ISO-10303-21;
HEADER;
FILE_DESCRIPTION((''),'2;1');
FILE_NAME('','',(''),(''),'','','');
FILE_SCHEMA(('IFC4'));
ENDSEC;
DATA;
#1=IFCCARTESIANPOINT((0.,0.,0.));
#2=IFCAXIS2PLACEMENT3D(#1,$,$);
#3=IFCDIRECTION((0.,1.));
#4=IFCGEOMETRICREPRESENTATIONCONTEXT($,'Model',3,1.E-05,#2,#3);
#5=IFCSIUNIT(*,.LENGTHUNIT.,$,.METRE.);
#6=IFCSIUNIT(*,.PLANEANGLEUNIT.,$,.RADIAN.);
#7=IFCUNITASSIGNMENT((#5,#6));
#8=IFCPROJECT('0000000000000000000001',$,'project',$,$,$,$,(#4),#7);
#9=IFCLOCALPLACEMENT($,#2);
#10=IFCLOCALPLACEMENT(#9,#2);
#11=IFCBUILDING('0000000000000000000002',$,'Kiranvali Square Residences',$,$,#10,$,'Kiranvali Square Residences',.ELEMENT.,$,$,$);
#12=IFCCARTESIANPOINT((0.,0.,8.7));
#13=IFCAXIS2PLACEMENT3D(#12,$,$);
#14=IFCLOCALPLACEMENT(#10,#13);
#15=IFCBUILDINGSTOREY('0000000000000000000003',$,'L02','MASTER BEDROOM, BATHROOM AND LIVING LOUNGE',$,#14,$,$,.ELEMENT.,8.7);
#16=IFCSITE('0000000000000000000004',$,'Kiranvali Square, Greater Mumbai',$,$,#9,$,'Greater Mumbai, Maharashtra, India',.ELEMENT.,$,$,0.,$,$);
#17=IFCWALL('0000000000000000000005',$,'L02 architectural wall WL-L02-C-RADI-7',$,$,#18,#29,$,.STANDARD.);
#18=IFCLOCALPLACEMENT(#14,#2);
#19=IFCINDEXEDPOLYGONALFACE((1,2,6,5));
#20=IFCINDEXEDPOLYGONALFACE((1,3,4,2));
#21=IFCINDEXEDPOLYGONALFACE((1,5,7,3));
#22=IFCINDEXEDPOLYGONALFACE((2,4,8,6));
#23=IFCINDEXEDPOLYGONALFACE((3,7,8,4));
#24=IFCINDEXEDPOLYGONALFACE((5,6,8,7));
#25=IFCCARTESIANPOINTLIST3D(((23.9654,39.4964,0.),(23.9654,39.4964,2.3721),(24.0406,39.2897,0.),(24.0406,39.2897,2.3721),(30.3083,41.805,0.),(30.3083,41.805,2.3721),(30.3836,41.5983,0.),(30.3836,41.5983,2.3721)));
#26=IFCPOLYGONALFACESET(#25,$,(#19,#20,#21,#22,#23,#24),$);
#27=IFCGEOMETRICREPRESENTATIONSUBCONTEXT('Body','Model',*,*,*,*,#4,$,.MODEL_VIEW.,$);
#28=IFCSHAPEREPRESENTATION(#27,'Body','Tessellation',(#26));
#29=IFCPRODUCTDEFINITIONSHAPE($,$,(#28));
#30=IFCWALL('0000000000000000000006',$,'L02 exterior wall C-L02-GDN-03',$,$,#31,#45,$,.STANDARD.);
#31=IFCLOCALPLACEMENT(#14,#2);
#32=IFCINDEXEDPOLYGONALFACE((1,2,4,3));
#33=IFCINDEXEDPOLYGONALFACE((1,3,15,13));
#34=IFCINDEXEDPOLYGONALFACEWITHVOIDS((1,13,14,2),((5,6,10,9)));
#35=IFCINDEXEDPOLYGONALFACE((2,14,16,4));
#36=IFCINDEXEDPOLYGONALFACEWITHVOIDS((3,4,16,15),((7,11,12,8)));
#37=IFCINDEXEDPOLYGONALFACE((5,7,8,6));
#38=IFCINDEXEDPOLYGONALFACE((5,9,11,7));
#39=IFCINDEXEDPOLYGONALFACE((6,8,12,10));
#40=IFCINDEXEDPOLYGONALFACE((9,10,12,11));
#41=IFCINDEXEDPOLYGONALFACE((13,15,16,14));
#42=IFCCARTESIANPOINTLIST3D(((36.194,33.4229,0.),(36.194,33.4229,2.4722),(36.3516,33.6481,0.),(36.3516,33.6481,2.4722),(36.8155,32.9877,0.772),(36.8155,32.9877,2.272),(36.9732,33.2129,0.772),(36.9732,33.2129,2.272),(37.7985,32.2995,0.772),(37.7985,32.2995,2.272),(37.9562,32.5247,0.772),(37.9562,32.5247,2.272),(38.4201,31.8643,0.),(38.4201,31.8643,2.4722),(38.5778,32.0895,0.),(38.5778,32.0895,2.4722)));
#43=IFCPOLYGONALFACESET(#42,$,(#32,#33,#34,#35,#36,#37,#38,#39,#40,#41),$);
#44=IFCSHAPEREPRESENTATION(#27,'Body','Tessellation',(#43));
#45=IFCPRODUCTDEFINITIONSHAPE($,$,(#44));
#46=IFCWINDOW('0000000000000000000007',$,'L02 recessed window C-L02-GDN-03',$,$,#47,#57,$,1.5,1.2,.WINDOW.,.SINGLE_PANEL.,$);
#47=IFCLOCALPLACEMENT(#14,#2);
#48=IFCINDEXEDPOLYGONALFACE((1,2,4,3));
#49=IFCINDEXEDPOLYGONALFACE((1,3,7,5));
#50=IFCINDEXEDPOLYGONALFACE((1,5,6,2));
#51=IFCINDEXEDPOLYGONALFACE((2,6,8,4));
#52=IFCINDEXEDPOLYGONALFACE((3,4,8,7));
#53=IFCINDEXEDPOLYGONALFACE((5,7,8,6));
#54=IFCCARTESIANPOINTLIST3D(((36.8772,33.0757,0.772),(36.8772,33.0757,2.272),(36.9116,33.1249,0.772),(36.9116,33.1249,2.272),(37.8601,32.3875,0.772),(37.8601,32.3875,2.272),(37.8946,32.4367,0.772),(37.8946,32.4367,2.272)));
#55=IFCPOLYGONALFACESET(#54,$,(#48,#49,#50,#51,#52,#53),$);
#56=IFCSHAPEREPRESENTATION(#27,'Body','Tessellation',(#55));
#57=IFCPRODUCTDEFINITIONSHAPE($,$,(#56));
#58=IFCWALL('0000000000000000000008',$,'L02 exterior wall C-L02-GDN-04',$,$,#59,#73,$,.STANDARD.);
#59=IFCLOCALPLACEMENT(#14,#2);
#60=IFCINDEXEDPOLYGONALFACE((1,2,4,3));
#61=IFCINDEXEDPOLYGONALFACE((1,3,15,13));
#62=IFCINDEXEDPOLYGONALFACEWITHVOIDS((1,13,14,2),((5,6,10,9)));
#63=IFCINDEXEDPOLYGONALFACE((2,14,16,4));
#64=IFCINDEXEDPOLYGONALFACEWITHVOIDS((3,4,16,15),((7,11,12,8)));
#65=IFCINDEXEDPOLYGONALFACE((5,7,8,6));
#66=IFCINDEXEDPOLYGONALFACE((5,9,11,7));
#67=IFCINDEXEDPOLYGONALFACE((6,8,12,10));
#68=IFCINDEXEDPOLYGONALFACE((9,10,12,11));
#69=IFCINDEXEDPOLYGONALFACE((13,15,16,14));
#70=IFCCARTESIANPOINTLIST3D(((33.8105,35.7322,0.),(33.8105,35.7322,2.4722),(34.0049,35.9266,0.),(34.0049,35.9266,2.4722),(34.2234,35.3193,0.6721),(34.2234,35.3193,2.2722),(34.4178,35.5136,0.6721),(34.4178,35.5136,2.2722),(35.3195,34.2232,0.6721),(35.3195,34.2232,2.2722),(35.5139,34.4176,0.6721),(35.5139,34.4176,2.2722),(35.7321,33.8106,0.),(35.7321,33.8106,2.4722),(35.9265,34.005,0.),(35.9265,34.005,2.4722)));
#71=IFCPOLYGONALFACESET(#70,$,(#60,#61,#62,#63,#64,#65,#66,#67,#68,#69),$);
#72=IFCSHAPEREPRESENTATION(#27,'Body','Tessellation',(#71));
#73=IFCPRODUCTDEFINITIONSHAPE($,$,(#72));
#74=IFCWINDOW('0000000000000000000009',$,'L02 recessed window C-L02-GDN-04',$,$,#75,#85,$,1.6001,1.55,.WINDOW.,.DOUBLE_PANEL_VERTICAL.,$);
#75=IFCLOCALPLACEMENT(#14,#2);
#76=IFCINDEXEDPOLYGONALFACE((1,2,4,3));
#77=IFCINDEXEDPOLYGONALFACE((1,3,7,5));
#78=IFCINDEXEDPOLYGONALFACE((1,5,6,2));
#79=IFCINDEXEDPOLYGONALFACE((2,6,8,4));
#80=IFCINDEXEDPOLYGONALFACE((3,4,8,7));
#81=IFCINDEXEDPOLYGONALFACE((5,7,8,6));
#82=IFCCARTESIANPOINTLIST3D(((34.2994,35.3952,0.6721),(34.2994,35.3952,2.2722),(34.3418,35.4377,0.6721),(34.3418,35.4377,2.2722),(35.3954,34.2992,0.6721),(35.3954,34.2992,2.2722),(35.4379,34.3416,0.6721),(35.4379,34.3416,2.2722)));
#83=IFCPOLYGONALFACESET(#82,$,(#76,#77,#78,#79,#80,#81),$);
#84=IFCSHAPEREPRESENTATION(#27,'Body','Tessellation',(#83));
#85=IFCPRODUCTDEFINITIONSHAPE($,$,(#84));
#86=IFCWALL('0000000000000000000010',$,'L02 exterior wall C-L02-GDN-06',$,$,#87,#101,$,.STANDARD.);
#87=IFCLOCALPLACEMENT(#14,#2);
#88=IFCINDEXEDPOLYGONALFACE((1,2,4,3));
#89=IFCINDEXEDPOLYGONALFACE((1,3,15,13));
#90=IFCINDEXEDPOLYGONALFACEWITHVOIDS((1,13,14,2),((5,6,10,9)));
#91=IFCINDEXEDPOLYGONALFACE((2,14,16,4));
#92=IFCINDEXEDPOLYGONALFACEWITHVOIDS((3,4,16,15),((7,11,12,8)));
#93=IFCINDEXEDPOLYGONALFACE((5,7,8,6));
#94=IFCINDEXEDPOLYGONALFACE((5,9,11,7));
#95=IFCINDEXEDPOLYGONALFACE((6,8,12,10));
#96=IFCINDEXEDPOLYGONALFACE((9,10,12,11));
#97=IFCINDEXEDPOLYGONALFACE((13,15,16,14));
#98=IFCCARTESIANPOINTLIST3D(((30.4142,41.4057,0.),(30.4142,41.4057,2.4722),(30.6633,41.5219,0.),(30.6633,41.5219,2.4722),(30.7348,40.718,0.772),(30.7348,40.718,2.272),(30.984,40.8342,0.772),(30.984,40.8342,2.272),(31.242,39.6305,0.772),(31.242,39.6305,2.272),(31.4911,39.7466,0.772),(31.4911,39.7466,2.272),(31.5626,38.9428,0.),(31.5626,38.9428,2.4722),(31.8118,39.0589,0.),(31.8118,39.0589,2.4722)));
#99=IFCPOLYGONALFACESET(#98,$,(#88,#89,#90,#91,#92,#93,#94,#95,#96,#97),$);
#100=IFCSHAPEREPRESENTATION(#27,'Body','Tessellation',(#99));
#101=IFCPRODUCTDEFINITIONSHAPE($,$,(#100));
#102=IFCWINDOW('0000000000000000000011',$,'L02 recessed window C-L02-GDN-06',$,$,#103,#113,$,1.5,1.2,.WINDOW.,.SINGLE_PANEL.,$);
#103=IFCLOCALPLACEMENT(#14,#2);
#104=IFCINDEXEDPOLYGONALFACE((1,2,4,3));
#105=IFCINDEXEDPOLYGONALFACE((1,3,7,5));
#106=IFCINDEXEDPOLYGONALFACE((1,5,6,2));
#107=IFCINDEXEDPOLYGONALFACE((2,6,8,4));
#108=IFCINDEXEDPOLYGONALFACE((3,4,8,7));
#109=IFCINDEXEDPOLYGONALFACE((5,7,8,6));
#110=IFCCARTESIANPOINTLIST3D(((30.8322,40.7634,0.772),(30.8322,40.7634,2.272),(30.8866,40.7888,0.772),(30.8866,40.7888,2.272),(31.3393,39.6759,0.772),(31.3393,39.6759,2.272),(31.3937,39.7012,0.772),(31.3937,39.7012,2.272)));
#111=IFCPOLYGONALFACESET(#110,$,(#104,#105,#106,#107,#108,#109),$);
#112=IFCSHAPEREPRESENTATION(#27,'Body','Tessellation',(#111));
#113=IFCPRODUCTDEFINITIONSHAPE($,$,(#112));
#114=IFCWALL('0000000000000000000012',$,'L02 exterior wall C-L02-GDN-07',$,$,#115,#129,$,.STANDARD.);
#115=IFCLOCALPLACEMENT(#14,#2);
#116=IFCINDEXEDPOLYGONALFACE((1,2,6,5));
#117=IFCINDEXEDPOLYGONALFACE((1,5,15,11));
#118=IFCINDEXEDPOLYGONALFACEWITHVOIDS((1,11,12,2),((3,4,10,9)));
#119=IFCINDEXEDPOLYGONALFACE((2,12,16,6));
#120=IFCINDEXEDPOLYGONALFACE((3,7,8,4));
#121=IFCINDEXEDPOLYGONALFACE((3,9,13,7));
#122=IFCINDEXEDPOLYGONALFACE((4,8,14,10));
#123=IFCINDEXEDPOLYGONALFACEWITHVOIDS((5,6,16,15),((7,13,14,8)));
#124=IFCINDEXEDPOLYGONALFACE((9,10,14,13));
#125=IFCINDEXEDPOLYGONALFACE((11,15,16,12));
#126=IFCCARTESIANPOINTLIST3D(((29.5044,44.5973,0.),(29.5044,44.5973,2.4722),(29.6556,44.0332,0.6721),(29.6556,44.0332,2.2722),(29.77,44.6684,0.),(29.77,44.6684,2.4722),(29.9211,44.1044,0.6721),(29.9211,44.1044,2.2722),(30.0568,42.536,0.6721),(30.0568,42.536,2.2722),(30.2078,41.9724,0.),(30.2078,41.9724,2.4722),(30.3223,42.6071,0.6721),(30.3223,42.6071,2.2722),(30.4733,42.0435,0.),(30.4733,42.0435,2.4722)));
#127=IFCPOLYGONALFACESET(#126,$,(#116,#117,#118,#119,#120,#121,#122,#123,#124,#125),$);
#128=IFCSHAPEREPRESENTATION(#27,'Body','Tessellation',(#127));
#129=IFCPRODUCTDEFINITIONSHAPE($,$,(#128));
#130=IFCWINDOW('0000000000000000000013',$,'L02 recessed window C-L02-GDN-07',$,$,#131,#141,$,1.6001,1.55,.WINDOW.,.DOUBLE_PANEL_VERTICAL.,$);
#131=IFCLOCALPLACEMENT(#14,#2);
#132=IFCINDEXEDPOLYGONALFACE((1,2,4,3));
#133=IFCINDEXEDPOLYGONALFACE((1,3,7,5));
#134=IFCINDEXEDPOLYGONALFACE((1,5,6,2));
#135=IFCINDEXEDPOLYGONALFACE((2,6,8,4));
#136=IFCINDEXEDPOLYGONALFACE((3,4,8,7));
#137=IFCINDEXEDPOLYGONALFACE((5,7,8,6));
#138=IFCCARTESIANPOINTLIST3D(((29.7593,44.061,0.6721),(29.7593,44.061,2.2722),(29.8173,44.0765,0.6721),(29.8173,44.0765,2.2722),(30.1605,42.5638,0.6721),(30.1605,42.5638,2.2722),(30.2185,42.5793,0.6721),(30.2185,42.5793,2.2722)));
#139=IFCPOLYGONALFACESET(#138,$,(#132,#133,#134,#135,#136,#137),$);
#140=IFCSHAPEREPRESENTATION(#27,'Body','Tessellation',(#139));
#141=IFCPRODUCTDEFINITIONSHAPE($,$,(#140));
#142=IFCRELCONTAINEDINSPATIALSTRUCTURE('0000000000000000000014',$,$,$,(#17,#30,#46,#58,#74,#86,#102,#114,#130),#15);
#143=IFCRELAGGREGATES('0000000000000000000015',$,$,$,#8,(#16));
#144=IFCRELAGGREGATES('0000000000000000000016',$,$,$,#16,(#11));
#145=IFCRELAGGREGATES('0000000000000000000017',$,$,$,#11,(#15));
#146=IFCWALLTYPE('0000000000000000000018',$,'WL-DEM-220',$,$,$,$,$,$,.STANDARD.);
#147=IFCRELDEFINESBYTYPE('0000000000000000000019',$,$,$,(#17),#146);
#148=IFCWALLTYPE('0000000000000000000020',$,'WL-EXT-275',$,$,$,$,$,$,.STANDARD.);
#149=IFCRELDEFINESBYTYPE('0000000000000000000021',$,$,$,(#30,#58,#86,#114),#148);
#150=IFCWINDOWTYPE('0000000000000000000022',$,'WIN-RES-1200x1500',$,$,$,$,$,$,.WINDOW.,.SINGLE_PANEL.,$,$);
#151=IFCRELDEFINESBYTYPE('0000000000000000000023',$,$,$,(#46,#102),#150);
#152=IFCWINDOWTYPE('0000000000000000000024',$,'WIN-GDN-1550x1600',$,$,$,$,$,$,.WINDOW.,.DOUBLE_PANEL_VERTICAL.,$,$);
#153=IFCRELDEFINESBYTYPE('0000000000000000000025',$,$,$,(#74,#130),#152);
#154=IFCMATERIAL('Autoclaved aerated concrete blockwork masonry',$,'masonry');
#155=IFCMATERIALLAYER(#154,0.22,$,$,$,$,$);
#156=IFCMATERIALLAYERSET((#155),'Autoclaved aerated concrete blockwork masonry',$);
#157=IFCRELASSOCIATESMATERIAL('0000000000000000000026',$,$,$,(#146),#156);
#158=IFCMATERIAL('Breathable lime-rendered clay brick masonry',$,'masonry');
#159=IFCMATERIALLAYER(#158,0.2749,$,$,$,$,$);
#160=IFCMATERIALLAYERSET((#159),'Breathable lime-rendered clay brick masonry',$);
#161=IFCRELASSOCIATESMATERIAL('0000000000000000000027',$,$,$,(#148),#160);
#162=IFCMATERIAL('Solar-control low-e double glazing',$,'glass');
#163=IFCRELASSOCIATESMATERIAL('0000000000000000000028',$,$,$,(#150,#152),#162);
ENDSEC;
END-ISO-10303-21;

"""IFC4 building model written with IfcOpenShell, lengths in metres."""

from ifc_helpers import new_model, si_unit, direction, frame, frame_2d, origin, place, context, subcontext, project, spatial, rectangle, extrude, material, layer, layer_set, type_object, element, fill, save


model = new_model("IFC4")

# Units and contexts
model_context = context("Model", 3, precision=1e-05, world=origin(), true_north=direction((0.0, 1.0)))
body_context = subcontext(model_context, "Body", "Model", "MODEL_VIEW")
ifc_project = project(units=[si_unit("LENGTHUNIT", "METRE"), si_unit("PLANEANGLEUNIT", "RADIAN")], contexts=[model_context])

# Site, building, storey
site_placement = place(None, origin())
site = spatial("IfcSite", under=ifc_project, at=site_placement, Name="Kiranvali Square, Greater Mumbai", LongName="Greater Mumbai, Maharashtra, India", CompositionType="ELEMENT", RefElevation=0.0)
building_placement = place(site_placement, origin())
building = spatial("IfcBuilding", under=site, at=building_placement, Name="Kiranvali Square Residences", LongName="Kiranvali Square Residences", CompositionType="ELEMENT")
storey_placement = place(building_placement, frame((0.0, 0.0, 8.7)))
storey = spatial("IfcBuildingStorey", under=building, at=storey_placement, Name="L02", Description="MASTER BEDROOM, BATHROOM AND LIVING LOUNGE", CompositionType="ELEMENT", Elevation=8.7)

# Wall
ifc_material_1 = material(Name="Autoclaved aerated concrete blockwork masonry", Category="masonry")
ifc_layer_1 = layer(ifc_material_1, 0.22)
ifc_layer_set_1 = layer_set([ifc_layer_1], Name="Autoclaved aerated concrete blockwork masonry")
wall_type_1 = type_object("IfcWallType", Name="WL-DEM-220", PredefinedType="STANDARD", material=ifc_layer_set_1)
for number, where, z_axis, x_axis, name in (
    (1, (30.3459, 41.7017, 0.0), (0.0, 0.0, 1.0), (-0.939696, -0.34201, 0.0), "L02 architectural wall WL-L02-C-RADI-7"),
):
    element("IfcWall", number, at=place(storey_placement, frame(where, z_axis=z_axis, x_axis=x_axis)), inside=storey, type_object=wall_type_1, Name=name, PredefinedType="STANDARD", context=body_context, shape_type="SweptSolid", body=[
        extrude(rectangle(XDim=6.75, YDim=0.22, at=frame_2d((3.375, 0.0))), origin(), (0.0, 0.0, 1.0), 2.3721),
    ])

# Walls, openings, windows
ifc_material_2 = material(Name="Breathable lime-rendered clay brick masonry", Category="masonry")
ifc_layer_2 = layer(ifc_material_2, 0.2749)
ifc_layer_set_2 = layer_set([ifc_layer_2], Name="Breathable lime-rendered clay brick masonry")
wall_type_2 = type_object("IfcWallType", Name="WL-EXT-275", PredefinedType="STANDARD", material=ifc_layer_set_2)
wall_1_placement = place(storey_placement, frame((38.499, 31.9768, 0.0), z_axis=(0.0, 0.0, 1.0), x_axis=(-0.819173, 0.573547, 0.0)))
wall_1 = element("IfcWall", 2, at=wall_1_placement, inside=storey, type_object=wall_type_2, Name="L02 exterior wall C-L02-GDN-03", PredefinedType="STANDARD", context=body_context, shape_type="SweptSolid", body=[
    extrude(rectangle(XDim=2.7175, YDim=0.2749, at=frame_2d((1.3589, 0.0))), origin(), (0.0, 0.0, 1.0), 2.4722),
])
opening_1_placement = place(wall_1_placement, frame((0.7588, 0.0, 0.772)))
opening_1 = element("IfcOpeningElement", 3, at=opening_1_placement, cuts=wall_1, PredefinedType="OPENING", context=body_context, shape_type="SweptSolid", body=[
    extrude(rectangle(XDim=1.2, YDim=1.5, at=frame_2d((0.6001, 0.75))), frame((0.0, 0.1475, 0.0), z_axis=(0.0, -1.0, 0.0), x_axis=(1.0, 0.0, 0.0)), (0.0, 0.0, 1.0), 0.2949),
])
ifc_material_3 = material(Name="Solar-control low-e double glazing", Category="glass")
window_type_1 = type_object("IfcWindowType", Name="WIN-RES-1200x1500", PartitioningType="SINGLE_PANEL", PredefinedType="WINDOW", material=ifc_material_3)
window_1_placement = place(opening_1_placement, origin())
window_1 = element("IfcWindow", 4, at=window_1_placement, inside=storey, type_object=window_type_1, Name="L02 recessed window C-L02-GDN-03", OverallHeight=1.5, OverallWidth=1.2, PartitioningType="SINGLE_PANEL", PredefinedType="WINDOW", context=body_context, shape_type="SweptSolid", body=[
    extrude(rectangle(XDim=1.2, YDim=1.5, at=frame_2d((0.6001, 0.75))), frame((0.0, 0.03, 0.0), z_axis=(0.0, -1.0, 0.0), x_axis=(1.0, 0.0, 0.0)), (0.0, 0.0, 1.0), 0.0601),
])
fill(opening_1, window_1)
wall_2_placement = place(storey_placement, frame((35.8293, 33.9077, 0.0), z_axis=(0.0, 0.0, 1.0), x_axis=(-0.707107, 0.707107, 0.0)))
wall_2 = element("IfcWall", 5, at=wall_2_placement, inside=storey, type_object=wall_type_2, Name="L02 exterior wall C-L02-GDN-04", PredefinedType="STANDARD", context=body_context, shape_type="SweptSolid", body=[
    extrude(rectangle(XDim=2.7175, YDim=0.2749, at=frame_2d((1.3589, 0.0))), origin(), (0.0, 0.0, 1.0), 2.4722),
])
opening_2_placement = place(wall_2_placement, frame((0.5837, 0.0, 0.6721)))
opening_2 = element("IfcOpeningElement", 6, at=opening_2_placement, cuts=wall_2, PredefinedType="OPENING", context=body_context, shape_type="SweptSolid", body=[
    extrude(rectangle(XDim=1.55, YDim=1.6001, at=frame_2d((0.7749, 0.8))), frame((0.0, 0.1475, 0.0), z_axis=(0.0, -1.0, 0.0), x_axis=(1.0, 0.0, 0.0)), (0.0, 0.0, 1.0), 0.2949),
])
window_type_2 = type_object("IfcWindowType", Name="WIN-GDN-1550x1600", PartitioningType="DOUBLE_PANEL_VERTICAL", PredefinedType="WINDOW", material=ifc_material_3)
window_2_placement = place(opening_2_placement, origin())
window_2 = element("IfcWindow", 7, at=window_2_placement, inside=storey, type_object=window_type_2, Name="L02 recessed window C-L02-GDN-04", OverallHeight=1.6001, OverallWidth=1.55, PartitioningType="DOUBLE_PANEL_VERTICAL", PredefinedType="WINDOW", context=body_context, shape_type="SweptSolid", body=[
    extrude(rectangle(XDim=1.55, YDim=1.6001, at=frame_2d((0.7749, 0.8))), frame((0.0, 0.03, 0.0), z_axis=(0.0, -1.0, 0.0), x_axis=(1.0, 0.0, 0.0)), (0.0, 0.0, 1.0), 0.0601),
])
fill(opening_2, window_2)

# Walls, openings, windows
wall_3_placement = place(storey_placement, frame((31.6873, 39.0007, 0.0), z_axis=(0.0, 0.0, 1.0), x_axis=(-0.42261, 0.906312, 0.0)))
wall_3 = element("IfcWall", 8, at=wall_3_placement, inside=storey, type_object=wall_type_2, Name="L02 exterior wall C-L02-GDN-06", PredefinedType="STANDARD", context=body_context, shape_type="SweptSolid", body=[
    extrude(rectangle(XDim=2.7175, YDim=0.2749, at=frame_2d((1.3589, 0.0))), origin(), (0.0, 0.0, 1.0), 2.4722),
])
opening_3_placement = place(wall_3_placement, frame((0.7588, 0.0, 0.772)))
opening_3 = element("IfcOpeningElement", 9, at=opening_3_placement, cuts=wall_3, PredefinedType="OPENING", context=body_context, shape_type="SweptSolid", body=[
    extrude(rectangle(XDim=1.2, YDim=1.5, at=frame_2d((0.6001, 0.75))), frame((0.0, 0.1475, 0.0), z_axis=(0.0, -1.0, 0.0), x_axis=(1.0, 0.0, 0.0)), (0.0, 0.0, 1.0), 0.2949),
])
window_3_placement = place(opening_3_placement, origin())
window_3 = element("IfcWindow", 10, at=window_3_placement, inside=storey, type_object=window_type_1, Name="L02 recessed window C-L02-GDN-06", OverallHeight=1.5, OverallWidth=1.2, PartitioningType="SINGLE_PANEL", PredefinedType="WINDOW", context=body_context, shape_type="SweptSolid", body=[
    extrude(rectangle(XDim=1.2, YDim=1.5, at=frame_2d((0.6001, 0.75))), frame((0.0, 0.03, 0.0), z_axis=(0.0, -1.0, 0.0), x_axis=(1.0, 0.0, 0.0)), (0.0, 0.0, 1.0), 0.0601),
])
fill(opening_3, window_3)
wall_4_placement = place(storey_placement, frame((30.3406, 42.0078, 0.0), z_axis=(0.0, 0.0, 1.0), x_axis=(-0.25882, 0.965926, 0.0)))
wall_4 = element("IfcWall", 11, at=wall_4_placement, inside=storey, type_object=wall_type_2, Name="L02 exterior wall C-L02-GDN-07", PredefinedType="STANDARD", context=body_context, shape_type="SweptSolid", body=[
    extrude(rectangle(XDim=2.7175, YDim=0.2749, at=frame_2d((1.3589, 0.0))), origin(), (0.0, 0.0, 1.0), 2.4722),
])
opening_4_placement = place(wall_4_placement, frame((0.5837, 0.0, 0.6721)))
opening_4 = element("IfcOpeningElement", 12, at=opening_4_placement, cuts=wall_4, PredefinedType="OPENING", context=body_context, shape_type="SweptSolid", body=[
    extrude(rectangle(XDim=1.55, YDim=1.6001, at=frame_2d((0.7749, 0.8))), frame((0.0, 0.1475, 0.0), z_axis=(0.0, -1.0, 0.0), x_axis=(1.0, 0.0, 0.0)), (0.0, 0.0, 1.0), 0.2949),
])
window_4_placement = place(opening_4_placement, origin())
window_4 = element("IfcWindow", 13, at=window_4_placement, inside=storey, type_object=window_type_2, Name="L02 recessed window C-L02-GDN-07", OverallHeight=1.6001, OverallWidth=1.55, PartitioningType="DOUBLE_PANEL_VERTICAL", PredefinedType="WINDOW", context=body_context, shape_type="SweptSolid", body=[
    extrude(rectangle(XDim=1.55, YDim=1.6001, at=frame_2d((0.7749, 0.8))), frame((0.0, 0.03, 0.0), z_axis=(0.0, -1.0, 0.0), x_axis=(1.0, 0.0, 0.0)), (0.0, 0.0, 1.0), 0.0601),
])
fill(opening_4, window_4)

save(model, "model.ifc")
